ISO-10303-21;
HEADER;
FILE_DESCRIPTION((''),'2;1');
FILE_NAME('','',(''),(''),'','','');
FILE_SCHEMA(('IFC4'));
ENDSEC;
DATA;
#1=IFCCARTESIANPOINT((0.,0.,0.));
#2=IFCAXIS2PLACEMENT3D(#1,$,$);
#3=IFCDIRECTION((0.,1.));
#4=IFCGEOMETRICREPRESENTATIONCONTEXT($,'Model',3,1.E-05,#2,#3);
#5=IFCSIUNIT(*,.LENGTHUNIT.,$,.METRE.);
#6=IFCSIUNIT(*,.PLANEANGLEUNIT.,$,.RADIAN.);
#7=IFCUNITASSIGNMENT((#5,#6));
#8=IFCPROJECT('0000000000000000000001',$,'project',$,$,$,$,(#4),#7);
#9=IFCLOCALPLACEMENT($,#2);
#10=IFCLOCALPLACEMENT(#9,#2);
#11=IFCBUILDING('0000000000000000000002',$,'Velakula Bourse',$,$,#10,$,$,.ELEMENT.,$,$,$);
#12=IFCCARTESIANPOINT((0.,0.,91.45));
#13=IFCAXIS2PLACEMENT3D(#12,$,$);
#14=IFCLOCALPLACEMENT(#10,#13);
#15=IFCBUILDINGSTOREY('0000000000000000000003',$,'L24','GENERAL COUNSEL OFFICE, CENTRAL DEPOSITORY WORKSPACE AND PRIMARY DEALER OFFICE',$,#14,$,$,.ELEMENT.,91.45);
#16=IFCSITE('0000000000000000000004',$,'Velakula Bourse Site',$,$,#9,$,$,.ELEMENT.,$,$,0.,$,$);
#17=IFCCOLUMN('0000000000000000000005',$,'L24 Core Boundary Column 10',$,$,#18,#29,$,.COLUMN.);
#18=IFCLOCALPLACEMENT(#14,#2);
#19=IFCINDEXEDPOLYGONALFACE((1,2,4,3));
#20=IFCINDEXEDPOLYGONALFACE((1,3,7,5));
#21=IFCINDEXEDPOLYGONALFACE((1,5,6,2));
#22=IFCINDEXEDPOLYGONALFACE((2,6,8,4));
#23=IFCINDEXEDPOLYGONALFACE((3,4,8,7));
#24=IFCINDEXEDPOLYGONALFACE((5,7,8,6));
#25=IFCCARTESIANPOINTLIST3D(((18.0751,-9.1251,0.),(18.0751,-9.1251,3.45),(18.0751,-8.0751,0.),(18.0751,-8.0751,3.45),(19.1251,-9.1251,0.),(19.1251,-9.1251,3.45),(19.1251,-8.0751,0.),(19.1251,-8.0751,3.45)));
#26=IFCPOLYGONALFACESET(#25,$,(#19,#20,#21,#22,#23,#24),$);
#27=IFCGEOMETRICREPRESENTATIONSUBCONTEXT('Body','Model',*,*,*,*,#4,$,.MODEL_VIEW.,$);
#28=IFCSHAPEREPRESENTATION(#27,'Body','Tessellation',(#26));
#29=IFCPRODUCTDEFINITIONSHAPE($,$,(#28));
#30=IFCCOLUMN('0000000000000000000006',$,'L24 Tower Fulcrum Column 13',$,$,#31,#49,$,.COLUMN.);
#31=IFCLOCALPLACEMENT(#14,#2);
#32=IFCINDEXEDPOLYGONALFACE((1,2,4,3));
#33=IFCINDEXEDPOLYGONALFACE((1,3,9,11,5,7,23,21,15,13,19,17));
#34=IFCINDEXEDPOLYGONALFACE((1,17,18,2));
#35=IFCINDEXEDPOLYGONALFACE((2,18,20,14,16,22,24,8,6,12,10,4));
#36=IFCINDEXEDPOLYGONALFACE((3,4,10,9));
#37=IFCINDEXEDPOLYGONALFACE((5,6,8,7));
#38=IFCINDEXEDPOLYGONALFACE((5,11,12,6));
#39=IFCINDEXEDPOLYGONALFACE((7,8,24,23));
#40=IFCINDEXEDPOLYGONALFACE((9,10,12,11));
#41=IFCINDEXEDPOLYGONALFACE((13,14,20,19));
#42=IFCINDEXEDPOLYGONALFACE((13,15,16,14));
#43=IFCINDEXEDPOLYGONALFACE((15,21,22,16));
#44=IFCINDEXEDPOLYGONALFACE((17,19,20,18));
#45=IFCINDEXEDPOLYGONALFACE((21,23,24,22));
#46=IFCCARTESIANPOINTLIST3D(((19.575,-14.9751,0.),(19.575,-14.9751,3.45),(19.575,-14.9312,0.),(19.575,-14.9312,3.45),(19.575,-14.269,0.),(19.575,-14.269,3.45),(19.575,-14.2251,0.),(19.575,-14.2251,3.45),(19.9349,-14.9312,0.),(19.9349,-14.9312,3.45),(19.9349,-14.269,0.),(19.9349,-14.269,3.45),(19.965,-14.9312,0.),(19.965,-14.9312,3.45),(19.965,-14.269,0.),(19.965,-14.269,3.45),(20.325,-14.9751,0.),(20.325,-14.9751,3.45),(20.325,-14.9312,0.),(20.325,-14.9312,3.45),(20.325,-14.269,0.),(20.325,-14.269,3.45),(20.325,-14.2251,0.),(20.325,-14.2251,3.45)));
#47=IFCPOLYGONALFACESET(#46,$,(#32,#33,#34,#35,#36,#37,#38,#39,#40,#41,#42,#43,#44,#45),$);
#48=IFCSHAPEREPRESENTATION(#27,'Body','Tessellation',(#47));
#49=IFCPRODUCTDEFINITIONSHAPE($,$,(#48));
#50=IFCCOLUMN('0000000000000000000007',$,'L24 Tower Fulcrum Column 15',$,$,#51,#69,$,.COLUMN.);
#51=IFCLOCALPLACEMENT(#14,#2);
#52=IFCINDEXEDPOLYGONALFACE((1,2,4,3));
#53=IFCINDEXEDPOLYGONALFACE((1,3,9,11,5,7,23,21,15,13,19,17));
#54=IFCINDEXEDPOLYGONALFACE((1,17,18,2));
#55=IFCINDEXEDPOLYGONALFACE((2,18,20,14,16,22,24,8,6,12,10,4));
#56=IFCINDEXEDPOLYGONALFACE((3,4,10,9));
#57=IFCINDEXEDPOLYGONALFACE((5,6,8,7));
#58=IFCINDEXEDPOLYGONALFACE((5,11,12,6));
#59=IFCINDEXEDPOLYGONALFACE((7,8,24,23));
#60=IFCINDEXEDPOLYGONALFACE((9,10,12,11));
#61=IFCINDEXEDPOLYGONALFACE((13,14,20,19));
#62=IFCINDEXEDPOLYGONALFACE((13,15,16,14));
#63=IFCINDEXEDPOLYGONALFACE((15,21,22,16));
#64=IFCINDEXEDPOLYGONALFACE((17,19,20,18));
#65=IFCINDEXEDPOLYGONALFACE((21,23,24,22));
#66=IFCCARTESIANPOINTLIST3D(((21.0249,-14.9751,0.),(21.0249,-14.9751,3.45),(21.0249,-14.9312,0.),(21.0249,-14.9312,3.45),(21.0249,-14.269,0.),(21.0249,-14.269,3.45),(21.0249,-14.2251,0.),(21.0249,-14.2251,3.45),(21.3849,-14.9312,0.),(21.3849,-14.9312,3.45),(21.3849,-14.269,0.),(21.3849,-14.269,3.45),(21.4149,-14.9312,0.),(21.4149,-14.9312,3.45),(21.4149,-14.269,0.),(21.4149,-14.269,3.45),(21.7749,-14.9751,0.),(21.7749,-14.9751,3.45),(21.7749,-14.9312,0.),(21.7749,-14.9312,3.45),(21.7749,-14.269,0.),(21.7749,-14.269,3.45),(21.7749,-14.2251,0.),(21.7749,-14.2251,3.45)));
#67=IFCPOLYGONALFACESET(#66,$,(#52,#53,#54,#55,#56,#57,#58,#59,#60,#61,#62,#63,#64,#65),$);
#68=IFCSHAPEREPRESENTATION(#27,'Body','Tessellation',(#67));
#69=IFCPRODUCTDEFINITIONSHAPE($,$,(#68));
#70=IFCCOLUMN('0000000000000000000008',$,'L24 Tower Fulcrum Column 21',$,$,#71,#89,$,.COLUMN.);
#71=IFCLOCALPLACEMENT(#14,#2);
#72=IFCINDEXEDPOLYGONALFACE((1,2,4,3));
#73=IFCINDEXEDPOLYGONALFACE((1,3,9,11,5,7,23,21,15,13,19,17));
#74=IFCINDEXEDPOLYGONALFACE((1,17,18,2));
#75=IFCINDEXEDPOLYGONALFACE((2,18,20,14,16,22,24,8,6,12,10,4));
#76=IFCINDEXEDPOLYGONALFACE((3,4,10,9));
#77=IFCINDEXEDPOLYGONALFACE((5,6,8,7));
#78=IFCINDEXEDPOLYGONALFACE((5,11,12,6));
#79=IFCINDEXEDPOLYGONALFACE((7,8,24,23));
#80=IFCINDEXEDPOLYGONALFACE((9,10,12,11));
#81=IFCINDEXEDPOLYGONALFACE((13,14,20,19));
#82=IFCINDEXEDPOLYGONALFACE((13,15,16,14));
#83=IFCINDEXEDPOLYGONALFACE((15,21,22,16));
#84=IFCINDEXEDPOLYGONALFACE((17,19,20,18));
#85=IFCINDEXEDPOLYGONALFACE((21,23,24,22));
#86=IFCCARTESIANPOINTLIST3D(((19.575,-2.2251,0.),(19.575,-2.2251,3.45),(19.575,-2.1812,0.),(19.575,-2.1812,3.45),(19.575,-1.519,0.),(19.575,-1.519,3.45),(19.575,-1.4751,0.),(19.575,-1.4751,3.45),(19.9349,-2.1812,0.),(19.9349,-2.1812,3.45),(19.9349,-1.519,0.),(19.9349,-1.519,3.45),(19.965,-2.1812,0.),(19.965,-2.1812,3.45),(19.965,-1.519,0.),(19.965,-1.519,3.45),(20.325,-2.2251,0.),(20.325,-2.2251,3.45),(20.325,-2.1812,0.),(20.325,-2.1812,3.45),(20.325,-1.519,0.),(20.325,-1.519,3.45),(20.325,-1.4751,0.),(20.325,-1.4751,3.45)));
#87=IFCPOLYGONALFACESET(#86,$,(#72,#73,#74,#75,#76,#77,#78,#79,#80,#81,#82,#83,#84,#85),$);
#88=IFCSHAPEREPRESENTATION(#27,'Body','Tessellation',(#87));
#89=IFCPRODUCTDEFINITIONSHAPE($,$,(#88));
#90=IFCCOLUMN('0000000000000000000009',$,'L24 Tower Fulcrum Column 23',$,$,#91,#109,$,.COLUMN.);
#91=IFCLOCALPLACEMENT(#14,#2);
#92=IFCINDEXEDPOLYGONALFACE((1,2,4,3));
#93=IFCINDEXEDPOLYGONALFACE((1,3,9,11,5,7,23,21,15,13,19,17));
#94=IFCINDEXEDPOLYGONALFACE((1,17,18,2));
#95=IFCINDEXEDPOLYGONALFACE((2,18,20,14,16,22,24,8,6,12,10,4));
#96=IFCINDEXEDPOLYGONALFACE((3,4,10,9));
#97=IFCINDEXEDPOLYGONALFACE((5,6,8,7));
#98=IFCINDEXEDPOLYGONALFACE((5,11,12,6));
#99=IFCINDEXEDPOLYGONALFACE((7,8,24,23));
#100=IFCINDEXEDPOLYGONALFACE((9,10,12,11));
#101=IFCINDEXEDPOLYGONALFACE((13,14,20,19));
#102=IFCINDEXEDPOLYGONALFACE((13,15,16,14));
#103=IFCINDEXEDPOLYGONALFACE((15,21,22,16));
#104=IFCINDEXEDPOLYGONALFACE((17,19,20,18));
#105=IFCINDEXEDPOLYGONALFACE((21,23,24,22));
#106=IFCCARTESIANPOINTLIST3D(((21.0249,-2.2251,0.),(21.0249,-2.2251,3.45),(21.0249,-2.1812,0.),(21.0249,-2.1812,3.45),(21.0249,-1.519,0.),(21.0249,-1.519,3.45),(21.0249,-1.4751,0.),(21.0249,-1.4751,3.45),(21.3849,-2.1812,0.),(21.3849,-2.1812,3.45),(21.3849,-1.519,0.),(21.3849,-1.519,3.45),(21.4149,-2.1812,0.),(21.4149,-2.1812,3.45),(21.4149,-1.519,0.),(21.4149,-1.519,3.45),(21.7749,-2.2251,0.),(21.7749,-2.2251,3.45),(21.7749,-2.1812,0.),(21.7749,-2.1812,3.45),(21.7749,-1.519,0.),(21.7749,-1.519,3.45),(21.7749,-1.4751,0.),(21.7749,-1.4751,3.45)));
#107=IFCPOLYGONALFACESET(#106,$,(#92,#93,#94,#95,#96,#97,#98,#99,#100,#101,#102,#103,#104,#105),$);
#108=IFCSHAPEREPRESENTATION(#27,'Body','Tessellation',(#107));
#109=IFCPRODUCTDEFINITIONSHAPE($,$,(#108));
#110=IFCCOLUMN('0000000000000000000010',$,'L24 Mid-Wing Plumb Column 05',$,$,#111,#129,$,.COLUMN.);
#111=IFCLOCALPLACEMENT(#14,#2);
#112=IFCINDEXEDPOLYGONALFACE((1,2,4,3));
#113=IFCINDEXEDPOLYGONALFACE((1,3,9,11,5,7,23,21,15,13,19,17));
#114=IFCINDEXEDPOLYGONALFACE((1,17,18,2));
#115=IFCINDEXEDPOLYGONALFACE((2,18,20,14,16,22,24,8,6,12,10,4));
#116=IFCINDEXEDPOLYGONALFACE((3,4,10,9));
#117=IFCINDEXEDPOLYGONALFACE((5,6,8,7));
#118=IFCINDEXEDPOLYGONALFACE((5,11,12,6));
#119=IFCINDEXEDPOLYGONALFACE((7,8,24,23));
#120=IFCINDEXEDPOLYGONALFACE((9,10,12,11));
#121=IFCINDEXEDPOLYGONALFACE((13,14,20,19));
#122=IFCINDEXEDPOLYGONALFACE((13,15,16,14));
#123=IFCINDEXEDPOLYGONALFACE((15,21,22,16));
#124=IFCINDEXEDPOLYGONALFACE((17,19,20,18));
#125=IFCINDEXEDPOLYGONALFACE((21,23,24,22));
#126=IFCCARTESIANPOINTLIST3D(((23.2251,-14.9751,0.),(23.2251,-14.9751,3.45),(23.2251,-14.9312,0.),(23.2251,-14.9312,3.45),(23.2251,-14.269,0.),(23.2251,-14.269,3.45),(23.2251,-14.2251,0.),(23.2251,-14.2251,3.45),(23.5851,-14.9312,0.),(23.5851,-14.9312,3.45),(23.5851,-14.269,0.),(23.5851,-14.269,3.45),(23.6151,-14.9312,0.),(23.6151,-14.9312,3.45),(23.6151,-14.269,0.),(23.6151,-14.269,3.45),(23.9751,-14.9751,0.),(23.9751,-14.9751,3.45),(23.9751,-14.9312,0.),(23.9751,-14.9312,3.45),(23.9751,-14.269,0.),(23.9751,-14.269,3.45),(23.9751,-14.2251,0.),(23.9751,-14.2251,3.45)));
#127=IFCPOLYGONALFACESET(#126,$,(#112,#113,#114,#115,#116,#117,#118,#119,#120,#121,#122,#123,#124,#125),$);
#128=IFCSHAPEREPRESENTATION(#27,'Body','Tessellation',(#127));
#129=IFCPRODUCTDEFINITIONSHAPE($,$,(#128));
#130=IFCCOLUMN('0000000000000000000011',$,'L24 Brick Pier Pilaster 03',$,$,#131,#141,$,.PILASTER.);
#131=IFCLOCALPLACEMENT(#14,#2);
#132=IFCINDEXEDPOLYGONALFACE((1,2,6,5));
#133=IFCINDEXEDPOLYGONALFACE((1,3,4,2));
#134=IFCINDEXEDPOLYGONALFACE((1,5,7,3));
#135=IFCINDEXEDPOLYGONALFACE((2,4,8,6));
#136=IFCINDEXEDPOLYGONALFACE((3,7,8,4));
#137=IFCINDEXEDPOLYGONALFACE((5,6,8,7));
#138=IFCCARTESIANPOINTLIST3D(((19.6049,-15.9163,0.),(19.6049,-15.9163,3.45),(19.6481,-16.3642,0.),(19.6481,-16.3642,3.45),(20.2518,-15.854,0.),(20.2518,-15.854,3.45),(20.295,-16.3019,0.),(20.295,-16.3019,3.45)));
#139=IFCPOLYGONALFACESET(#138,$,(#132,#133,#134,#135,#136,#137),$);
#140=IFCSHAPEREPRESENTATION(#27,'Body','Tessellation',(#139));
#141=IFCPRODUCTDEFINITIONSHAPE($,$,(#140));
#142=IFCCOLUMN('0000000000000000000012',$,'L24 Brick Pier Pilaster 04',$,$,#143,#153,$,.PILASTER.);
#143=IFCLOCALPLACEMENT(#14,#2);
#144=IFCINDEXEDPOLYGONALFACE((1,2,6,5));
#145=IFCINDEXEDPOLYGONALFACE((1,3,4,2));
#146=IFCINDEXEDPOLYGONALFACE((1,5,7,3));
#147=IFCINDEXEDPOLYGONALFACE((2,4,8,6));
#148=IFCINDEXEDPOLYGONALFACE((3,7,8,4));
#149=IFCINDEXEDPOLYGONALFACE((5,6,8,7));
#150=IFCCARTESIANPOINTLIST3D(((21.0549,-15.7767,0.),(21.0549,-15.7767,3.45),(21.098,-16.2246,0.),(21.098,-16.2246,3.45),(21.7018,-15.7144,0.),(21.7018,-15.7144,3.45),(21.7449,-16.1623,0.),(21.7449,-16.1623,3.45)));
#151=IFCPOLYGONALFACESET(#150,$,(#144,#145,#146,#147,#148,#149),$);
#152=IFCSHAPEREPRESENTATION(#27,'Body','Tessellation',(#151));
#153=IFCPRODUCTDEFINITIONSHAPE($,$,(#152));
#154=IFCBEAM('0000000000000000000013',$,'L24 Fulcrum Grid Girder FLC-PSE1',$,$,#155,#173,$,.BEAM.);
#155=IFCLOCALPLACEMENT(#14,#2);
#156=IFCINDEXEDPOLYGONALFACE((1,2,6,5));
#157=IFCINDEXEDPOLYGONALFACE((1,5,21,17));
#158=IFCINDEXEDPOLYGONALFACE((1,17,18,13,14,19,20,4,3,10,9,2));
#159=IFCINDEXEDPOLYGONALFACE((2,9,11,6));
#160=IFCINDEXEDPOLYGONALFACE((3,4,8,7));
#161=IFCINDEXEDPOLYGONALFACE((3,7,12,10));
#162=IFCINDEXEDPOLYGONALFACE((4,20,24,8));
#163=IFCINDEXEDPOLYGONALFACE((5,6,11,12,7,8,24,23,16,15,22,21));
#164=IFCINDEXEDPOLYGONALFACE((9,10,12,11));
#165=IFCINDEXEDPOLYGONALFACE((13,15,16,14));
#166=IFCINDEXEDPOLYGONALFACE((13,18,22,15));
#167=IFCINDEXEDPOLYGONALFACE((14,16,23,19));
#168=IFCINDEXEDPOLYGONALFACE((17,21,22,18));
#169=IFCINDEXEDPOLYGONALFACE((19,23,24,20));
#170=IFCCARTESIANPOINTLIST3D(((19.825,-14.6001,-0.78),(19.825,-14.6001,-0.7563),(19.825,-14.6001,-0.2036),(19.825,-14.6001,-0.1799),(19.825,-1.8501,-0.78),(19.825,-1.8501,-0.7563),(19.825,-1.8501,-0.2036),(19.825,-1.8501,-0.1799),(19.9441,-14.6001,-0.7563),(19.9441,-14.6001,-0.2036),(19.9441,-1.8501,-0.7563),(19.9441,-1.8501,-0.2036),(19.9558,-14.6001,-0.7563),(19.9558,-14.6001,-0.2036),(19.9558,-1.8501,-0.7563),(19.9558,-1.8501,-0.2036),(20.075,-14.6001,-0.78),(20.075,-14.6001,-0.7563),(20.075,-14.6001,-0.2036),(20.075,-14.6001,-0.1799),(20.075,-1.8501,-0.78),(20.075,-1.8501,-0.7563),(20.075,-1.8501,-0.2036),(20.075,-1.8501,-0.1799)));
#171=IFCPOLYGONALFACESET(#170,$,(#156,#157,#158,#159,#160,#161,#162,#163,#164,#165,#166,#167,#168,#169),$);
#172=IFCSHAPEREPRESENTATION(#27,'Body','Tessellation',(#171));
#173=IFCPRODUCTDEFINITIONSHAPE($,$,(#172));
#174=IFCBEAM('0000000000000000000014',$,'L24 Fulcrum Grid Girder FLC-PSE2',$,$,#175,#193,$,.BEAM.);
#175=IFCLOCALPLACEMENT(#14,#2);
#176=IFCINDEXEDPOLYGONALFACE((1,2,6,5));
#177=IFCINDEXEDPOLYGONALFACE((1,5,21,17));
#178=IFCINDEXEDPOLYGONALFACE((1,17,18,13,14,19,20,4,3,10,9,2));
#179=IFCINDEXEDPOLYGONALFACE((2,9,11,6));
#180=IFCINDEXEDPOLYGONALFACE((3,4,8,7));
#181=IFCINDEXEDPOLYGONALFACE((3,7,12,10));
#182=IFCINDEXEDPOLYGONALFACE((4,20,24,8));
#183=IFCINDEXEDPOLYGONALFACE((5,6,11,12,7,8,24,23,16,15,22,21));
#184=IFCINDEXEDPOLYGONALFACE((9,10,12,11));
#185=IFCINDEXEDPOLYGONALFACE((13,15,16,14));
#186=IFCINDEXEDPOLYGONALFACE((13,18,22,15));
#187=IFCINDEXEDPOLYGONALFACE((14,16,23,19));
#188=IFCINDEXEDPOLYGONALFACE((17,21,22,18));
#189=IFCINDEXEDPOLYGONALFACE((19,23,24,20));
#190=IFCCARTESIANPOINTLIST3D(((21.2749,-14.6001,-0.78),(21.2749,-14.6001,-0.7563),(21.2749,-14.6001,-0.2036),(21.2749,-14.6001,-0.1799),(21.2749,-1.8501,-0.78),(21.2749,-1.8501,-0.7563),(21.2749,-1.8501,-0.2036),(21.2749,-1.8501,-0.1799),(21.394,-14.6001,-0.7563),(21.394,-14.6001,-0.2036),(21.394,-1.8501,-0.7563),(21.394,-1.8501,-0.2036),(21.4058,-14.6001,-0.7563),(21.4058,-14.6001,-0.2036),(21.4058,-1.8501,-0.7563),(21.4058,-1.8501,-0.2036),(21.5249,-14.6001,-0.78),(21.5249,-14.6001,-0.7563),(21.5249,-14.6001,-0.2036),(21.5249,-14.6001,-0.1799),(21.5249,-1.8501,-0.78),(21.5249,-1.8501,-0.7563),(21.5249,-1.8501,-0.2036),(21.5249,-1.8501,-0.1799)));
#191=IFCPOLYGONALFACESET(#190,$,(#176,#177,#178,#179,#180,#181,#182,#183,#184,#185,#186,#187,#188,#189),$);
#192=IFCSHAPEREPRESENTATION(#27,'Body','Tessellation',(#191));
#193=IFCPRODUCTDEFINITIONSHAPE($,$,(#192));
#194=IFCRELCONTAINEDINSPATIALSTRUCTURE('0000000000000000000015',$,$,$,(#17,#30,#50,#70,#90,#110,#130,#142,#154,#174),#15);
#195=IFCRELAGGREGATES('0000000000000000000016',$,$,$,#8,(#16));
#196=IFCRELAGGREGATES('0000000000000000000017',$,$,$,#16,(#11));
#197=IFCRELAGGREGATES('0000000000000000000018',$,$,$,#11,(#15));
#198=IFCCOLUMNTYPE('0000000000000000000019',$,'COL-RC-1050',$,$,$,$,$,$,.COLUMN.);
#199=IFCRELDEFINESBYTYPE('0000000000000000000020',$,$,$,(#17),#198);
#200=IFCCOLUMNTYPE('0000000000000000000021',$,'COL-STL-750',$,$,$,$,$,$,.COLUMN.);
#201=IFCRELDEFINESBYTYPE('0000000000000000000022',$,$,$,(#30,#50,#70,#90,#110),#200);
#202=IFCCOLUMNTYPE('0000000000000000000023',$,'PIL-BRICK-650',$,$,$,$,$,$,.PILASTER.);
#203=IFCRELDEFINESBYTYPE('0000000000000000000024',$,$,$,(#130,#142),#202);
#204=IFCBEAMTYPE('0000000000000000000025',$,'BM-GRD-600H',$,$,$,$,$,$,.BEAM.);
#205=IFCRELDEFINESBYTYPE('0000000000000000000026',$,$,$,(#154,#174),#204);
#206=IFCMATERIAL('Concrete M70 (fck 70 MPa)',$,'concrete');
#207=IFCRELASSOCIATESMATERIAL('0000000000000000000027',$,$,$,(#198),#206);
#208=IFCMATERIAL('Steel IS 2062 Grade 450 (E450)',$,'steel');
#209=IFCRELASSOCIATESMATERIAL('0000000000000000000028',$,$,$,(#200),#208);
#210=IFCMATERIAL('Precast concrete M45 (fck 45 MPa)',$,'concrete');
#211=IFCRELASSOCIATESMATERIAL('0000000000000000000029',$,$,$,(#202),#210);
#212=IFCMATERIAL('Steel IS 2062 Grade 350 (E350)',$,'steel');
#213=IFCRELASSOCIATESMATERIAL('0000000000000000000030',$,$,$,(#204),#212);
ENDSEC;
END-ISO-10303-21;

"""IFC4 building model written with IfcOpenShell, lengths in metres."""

from ifc_helpers import new_model, si_unit, direction, frame, origin, origin_2d, place, context, subcontext, project, spatial, rectangle, i_section, extrude, material, material_profile, profile_set, type_object, element, save


model = new_model("IFC4")

# Units and contexts
model_context = context("Model", 3, precision=1e-05, world=origin(), true_north=direction((0.0, 1.0)))
body_context = subcontext(model_context, "Body", "Model", "MODEL_VIEW")
ifc_project = project(units=[si_unit("LENGTHUNIT", "METRE"), si_unit("PLANEANGLEUNIT", "RADIAN")], contexts=[model_context])

# Site, building, storey
site_placement = place(None, origin())
site = spatial("IfcSite", under=ifc_project, at=site_placement, Name="Velakula Bourse Site", CompositionType="ELEMENT", RefElevation=0.0)
building_placement = place(site_placement, origin())
building = spatial("IfcBuilding", under=site, at=building_placement, Name="Velakula Bourse", CompositionType="ELEMENT")
storey_placement = place(building_placement, frame((0.0, 0.0, 91.45)))
storey = spatial("IfcBuildingStorey", under=building, at=storey_placement, Name="L24", Description="GENERAL COUNSEL OFFICE, CENTRAL DEPOSITORY WORKSPACE AND PRIMARY DEALER OFFICE", CompositionType="ELEMENT", Elevation=91.45)

# Columns
ifc_material_1 = material(Name="Concrete M70 (fck 70 MPa)", Category="concrete")
ifc_material_profile_1 = material_profile(ifc_material_1, rectangle(XDim=1.05, YDim=1.05, at=origin_2d()), Name="Concrete M70 (fck 70 MPa)")
ifc_profile_set_1 = profile_set([ifc_material_profile_1], Name="Concrete M70 (fck 70 MPa)")
column_type_1 = type_object("IfcColumnType", Name="COL-RC-1050", PredefinedType="COLUMN", material=ifc_profile_set_1)
column_placement = place(storey_placement, frame((18.6001, -8.6001, 0.0), z_axis=(0.0, 0.0, 1.0), x_axis=(1.0, 0.0, 0.0)))
element("IfcColumn", 1, at=column_placement, inside=storey, type_object=column_type_1, Name="L24 Core Boundary Column 10", PredefinedType="COLUMN", context=body_context, shape_type="SweptSolid", body=[
    extrude(rectangle(XDim=1.05, YDim=1.05, at=origin_2d()), origin(), (0.0, 0.0, 1.0), 3.45),
])
ifc_material_2 = material(Name="Steel IS 2062 Grade 450 (E450)", Category="steel")
ifc_material_profile_2 = material_profile(ifc_material_2, i_section(OverallWidth=0.75, OverallDepth=0.75, WebThickness=0.03, FlangeThickness=0.0439, at=origin_2d()), Name="Steel IS 2062 Grade 450 (E450)")
ifc_profile_set_2 = profile_set([ifc_material_profile_2], Name="Steel IS 2062 Grade 450 (E450)")
column_type_2 = type_object("IfcColumnType", Name="COL-STL-750", PredefinedType="COLUMN", material=ifc_profile_set_2)
for number, where, z_axis, x_axis, name in (
    (2, (19.95, -14.6001, 0.0), (0.0, 0.0, 1.0), (1.0, 0.0, 0.0), "L24 Tower Fulcrum Column 13"),
    (3, (21.3999, -14.6001, 0.0), (0.0, 0.0, 1.0), (1.0, 0.0, 0.0), "L24 Tower Fulcrum Column 15"),
    (4, (19.95, -1.8501, 0.0), (0.0, 0.0, 1.0), (1.0, 0.0, 0.0), "L24 Tower Fulcrum Column 21"),
    (5, (21.3999, -1.8501, 0.0), (0.0, 0.0, 1.0), (1.0, 0.0, 0.0), "L24 Tower Fulcrum Column 23"),
    (6, (23.6001, -14.6001, 0.0), (0.0, 0.0, 1.0), (1.0, 0.0, 0.0), "L24 Mid-Wing Plumb Column 05"),
):
    element("IfcColumn", number, at=place(storey_placement, frame(where, z_axis=z_axis, x_axis=x_axis)), inside=storey, type_object=column_type_2, Name=name, PredefinedType="COLUMN", context=body_context, shape_type="SweptSolid", body=[
        extrude(i_section(OverallWidth=0.75, OverallDepth=0.75, WebThickness=0.03, FlangeThickness=0.0439, at=origin_2d()), origin(), (0.0, 0.0, 1.0), 3.45),
    ])
ifc_material_3 = material(Name="Precast concrete M45 (fck 45 MPa)", Category="concrete")
ifc_material_profile_3 = material_profile(ifc_material_3, rectangle(XDim=0.6499, YDim=0.45, at=origin_2d()), Name="Precast concrete M45 (fck 45 MPa)")
ifc_profile_set_3 = profile_set([ifc_material_profile_3], Name="Precast concrete M45 (fck 45 MPa)")
column_type_3 = type_object("IfcColumnType", Name="PIL-BRICK-650", PredefinedType="PILASTER", material=ifc_profile_set_3)
for number, where, z_axis, x_axis, name in (
    (7, (19.95, -16.1091, 0.0), (0.0, 0.0, 1.0), (0.995396, 0.095846, 0.0), "L24 Brick Pier Pilaster 03"),
    (8, (21.3999, -15.9695, 0.0), (0.0, 0.0, 1.0), (0.995396, 0.095846, 0.0), "L24 Brick Pier Pilaster 04"),
):
    element("IfcColumn", number, at=place(storey_placement, frame(where, z_axis=z_axis, x_axis=x_axis)), inside=storey, type_object=column_type_3, Name=name, PredefinedType="PILASTER", context=body_context, shape_type="SweptSolid", body=[
        extrude(rectangle(XDim=0.6499, YDim=0.45, at=origin_2d()), origin(), (0.0, 0.0, 1.0), 3.45),
    ])

# Beams
ifc_material_4 = material(Name="Steel IS 2062 Grade 350 (E350)", Category="steel")
ifc_material_profile_4 = material_profile(ifc_material_4, i_section(OverallWidth=0.25, OverallDepth=0.6001, WebThickness=0.0117, FlangeThickness=0.0237, at=origin_2d()), Name="Steel IS 2062 Grade 350 (E350)")
ifc_profile_set_4 = profile_set([ifc_material_profile_4], Name="Steel IS 2062 Grade 350 (E350)")
beam_type_1 = type_object("IfcBeamType", Name="BM-GRD-600H", PredefinedType="BEAM", material=ifc_profile_set_4)
for number, where, z_axis, x_axis, name in (
    (9, (19.95, -14.6001, -0.48), (0.0, 1.0, 0.0), (-1.0, 0.0, 0.0), "L24 Fulcrum Grid Girder FLC-PSE1"),
    (10, (21.3999, -14.6001, -0.48), (0.0, 1.0, 0.0), (-1.0, 0.0, 0.0), "L24 Fulcrum Grid Girder FLC-PSE2"),
):
    element("IfcBeam", number, at=place(storey_placement, frame(where, z_axis=z_axis, x_axis=x_axis)), inside=storey, type_object=beam_type_1, Name=name, PredefinedType="BEAM", context=body_context, shape_type="SweptSolid", body=[
        extrude(i_section(OverallWidth=0.25, OverallDepth=0.6001, WebThickness=0.0117, FlangeThickness=0.0237, at=origin_2d()), origin(), (0.0, 0.0, 1.0), 12.75),
    ])

save(model, "model.ifc")
